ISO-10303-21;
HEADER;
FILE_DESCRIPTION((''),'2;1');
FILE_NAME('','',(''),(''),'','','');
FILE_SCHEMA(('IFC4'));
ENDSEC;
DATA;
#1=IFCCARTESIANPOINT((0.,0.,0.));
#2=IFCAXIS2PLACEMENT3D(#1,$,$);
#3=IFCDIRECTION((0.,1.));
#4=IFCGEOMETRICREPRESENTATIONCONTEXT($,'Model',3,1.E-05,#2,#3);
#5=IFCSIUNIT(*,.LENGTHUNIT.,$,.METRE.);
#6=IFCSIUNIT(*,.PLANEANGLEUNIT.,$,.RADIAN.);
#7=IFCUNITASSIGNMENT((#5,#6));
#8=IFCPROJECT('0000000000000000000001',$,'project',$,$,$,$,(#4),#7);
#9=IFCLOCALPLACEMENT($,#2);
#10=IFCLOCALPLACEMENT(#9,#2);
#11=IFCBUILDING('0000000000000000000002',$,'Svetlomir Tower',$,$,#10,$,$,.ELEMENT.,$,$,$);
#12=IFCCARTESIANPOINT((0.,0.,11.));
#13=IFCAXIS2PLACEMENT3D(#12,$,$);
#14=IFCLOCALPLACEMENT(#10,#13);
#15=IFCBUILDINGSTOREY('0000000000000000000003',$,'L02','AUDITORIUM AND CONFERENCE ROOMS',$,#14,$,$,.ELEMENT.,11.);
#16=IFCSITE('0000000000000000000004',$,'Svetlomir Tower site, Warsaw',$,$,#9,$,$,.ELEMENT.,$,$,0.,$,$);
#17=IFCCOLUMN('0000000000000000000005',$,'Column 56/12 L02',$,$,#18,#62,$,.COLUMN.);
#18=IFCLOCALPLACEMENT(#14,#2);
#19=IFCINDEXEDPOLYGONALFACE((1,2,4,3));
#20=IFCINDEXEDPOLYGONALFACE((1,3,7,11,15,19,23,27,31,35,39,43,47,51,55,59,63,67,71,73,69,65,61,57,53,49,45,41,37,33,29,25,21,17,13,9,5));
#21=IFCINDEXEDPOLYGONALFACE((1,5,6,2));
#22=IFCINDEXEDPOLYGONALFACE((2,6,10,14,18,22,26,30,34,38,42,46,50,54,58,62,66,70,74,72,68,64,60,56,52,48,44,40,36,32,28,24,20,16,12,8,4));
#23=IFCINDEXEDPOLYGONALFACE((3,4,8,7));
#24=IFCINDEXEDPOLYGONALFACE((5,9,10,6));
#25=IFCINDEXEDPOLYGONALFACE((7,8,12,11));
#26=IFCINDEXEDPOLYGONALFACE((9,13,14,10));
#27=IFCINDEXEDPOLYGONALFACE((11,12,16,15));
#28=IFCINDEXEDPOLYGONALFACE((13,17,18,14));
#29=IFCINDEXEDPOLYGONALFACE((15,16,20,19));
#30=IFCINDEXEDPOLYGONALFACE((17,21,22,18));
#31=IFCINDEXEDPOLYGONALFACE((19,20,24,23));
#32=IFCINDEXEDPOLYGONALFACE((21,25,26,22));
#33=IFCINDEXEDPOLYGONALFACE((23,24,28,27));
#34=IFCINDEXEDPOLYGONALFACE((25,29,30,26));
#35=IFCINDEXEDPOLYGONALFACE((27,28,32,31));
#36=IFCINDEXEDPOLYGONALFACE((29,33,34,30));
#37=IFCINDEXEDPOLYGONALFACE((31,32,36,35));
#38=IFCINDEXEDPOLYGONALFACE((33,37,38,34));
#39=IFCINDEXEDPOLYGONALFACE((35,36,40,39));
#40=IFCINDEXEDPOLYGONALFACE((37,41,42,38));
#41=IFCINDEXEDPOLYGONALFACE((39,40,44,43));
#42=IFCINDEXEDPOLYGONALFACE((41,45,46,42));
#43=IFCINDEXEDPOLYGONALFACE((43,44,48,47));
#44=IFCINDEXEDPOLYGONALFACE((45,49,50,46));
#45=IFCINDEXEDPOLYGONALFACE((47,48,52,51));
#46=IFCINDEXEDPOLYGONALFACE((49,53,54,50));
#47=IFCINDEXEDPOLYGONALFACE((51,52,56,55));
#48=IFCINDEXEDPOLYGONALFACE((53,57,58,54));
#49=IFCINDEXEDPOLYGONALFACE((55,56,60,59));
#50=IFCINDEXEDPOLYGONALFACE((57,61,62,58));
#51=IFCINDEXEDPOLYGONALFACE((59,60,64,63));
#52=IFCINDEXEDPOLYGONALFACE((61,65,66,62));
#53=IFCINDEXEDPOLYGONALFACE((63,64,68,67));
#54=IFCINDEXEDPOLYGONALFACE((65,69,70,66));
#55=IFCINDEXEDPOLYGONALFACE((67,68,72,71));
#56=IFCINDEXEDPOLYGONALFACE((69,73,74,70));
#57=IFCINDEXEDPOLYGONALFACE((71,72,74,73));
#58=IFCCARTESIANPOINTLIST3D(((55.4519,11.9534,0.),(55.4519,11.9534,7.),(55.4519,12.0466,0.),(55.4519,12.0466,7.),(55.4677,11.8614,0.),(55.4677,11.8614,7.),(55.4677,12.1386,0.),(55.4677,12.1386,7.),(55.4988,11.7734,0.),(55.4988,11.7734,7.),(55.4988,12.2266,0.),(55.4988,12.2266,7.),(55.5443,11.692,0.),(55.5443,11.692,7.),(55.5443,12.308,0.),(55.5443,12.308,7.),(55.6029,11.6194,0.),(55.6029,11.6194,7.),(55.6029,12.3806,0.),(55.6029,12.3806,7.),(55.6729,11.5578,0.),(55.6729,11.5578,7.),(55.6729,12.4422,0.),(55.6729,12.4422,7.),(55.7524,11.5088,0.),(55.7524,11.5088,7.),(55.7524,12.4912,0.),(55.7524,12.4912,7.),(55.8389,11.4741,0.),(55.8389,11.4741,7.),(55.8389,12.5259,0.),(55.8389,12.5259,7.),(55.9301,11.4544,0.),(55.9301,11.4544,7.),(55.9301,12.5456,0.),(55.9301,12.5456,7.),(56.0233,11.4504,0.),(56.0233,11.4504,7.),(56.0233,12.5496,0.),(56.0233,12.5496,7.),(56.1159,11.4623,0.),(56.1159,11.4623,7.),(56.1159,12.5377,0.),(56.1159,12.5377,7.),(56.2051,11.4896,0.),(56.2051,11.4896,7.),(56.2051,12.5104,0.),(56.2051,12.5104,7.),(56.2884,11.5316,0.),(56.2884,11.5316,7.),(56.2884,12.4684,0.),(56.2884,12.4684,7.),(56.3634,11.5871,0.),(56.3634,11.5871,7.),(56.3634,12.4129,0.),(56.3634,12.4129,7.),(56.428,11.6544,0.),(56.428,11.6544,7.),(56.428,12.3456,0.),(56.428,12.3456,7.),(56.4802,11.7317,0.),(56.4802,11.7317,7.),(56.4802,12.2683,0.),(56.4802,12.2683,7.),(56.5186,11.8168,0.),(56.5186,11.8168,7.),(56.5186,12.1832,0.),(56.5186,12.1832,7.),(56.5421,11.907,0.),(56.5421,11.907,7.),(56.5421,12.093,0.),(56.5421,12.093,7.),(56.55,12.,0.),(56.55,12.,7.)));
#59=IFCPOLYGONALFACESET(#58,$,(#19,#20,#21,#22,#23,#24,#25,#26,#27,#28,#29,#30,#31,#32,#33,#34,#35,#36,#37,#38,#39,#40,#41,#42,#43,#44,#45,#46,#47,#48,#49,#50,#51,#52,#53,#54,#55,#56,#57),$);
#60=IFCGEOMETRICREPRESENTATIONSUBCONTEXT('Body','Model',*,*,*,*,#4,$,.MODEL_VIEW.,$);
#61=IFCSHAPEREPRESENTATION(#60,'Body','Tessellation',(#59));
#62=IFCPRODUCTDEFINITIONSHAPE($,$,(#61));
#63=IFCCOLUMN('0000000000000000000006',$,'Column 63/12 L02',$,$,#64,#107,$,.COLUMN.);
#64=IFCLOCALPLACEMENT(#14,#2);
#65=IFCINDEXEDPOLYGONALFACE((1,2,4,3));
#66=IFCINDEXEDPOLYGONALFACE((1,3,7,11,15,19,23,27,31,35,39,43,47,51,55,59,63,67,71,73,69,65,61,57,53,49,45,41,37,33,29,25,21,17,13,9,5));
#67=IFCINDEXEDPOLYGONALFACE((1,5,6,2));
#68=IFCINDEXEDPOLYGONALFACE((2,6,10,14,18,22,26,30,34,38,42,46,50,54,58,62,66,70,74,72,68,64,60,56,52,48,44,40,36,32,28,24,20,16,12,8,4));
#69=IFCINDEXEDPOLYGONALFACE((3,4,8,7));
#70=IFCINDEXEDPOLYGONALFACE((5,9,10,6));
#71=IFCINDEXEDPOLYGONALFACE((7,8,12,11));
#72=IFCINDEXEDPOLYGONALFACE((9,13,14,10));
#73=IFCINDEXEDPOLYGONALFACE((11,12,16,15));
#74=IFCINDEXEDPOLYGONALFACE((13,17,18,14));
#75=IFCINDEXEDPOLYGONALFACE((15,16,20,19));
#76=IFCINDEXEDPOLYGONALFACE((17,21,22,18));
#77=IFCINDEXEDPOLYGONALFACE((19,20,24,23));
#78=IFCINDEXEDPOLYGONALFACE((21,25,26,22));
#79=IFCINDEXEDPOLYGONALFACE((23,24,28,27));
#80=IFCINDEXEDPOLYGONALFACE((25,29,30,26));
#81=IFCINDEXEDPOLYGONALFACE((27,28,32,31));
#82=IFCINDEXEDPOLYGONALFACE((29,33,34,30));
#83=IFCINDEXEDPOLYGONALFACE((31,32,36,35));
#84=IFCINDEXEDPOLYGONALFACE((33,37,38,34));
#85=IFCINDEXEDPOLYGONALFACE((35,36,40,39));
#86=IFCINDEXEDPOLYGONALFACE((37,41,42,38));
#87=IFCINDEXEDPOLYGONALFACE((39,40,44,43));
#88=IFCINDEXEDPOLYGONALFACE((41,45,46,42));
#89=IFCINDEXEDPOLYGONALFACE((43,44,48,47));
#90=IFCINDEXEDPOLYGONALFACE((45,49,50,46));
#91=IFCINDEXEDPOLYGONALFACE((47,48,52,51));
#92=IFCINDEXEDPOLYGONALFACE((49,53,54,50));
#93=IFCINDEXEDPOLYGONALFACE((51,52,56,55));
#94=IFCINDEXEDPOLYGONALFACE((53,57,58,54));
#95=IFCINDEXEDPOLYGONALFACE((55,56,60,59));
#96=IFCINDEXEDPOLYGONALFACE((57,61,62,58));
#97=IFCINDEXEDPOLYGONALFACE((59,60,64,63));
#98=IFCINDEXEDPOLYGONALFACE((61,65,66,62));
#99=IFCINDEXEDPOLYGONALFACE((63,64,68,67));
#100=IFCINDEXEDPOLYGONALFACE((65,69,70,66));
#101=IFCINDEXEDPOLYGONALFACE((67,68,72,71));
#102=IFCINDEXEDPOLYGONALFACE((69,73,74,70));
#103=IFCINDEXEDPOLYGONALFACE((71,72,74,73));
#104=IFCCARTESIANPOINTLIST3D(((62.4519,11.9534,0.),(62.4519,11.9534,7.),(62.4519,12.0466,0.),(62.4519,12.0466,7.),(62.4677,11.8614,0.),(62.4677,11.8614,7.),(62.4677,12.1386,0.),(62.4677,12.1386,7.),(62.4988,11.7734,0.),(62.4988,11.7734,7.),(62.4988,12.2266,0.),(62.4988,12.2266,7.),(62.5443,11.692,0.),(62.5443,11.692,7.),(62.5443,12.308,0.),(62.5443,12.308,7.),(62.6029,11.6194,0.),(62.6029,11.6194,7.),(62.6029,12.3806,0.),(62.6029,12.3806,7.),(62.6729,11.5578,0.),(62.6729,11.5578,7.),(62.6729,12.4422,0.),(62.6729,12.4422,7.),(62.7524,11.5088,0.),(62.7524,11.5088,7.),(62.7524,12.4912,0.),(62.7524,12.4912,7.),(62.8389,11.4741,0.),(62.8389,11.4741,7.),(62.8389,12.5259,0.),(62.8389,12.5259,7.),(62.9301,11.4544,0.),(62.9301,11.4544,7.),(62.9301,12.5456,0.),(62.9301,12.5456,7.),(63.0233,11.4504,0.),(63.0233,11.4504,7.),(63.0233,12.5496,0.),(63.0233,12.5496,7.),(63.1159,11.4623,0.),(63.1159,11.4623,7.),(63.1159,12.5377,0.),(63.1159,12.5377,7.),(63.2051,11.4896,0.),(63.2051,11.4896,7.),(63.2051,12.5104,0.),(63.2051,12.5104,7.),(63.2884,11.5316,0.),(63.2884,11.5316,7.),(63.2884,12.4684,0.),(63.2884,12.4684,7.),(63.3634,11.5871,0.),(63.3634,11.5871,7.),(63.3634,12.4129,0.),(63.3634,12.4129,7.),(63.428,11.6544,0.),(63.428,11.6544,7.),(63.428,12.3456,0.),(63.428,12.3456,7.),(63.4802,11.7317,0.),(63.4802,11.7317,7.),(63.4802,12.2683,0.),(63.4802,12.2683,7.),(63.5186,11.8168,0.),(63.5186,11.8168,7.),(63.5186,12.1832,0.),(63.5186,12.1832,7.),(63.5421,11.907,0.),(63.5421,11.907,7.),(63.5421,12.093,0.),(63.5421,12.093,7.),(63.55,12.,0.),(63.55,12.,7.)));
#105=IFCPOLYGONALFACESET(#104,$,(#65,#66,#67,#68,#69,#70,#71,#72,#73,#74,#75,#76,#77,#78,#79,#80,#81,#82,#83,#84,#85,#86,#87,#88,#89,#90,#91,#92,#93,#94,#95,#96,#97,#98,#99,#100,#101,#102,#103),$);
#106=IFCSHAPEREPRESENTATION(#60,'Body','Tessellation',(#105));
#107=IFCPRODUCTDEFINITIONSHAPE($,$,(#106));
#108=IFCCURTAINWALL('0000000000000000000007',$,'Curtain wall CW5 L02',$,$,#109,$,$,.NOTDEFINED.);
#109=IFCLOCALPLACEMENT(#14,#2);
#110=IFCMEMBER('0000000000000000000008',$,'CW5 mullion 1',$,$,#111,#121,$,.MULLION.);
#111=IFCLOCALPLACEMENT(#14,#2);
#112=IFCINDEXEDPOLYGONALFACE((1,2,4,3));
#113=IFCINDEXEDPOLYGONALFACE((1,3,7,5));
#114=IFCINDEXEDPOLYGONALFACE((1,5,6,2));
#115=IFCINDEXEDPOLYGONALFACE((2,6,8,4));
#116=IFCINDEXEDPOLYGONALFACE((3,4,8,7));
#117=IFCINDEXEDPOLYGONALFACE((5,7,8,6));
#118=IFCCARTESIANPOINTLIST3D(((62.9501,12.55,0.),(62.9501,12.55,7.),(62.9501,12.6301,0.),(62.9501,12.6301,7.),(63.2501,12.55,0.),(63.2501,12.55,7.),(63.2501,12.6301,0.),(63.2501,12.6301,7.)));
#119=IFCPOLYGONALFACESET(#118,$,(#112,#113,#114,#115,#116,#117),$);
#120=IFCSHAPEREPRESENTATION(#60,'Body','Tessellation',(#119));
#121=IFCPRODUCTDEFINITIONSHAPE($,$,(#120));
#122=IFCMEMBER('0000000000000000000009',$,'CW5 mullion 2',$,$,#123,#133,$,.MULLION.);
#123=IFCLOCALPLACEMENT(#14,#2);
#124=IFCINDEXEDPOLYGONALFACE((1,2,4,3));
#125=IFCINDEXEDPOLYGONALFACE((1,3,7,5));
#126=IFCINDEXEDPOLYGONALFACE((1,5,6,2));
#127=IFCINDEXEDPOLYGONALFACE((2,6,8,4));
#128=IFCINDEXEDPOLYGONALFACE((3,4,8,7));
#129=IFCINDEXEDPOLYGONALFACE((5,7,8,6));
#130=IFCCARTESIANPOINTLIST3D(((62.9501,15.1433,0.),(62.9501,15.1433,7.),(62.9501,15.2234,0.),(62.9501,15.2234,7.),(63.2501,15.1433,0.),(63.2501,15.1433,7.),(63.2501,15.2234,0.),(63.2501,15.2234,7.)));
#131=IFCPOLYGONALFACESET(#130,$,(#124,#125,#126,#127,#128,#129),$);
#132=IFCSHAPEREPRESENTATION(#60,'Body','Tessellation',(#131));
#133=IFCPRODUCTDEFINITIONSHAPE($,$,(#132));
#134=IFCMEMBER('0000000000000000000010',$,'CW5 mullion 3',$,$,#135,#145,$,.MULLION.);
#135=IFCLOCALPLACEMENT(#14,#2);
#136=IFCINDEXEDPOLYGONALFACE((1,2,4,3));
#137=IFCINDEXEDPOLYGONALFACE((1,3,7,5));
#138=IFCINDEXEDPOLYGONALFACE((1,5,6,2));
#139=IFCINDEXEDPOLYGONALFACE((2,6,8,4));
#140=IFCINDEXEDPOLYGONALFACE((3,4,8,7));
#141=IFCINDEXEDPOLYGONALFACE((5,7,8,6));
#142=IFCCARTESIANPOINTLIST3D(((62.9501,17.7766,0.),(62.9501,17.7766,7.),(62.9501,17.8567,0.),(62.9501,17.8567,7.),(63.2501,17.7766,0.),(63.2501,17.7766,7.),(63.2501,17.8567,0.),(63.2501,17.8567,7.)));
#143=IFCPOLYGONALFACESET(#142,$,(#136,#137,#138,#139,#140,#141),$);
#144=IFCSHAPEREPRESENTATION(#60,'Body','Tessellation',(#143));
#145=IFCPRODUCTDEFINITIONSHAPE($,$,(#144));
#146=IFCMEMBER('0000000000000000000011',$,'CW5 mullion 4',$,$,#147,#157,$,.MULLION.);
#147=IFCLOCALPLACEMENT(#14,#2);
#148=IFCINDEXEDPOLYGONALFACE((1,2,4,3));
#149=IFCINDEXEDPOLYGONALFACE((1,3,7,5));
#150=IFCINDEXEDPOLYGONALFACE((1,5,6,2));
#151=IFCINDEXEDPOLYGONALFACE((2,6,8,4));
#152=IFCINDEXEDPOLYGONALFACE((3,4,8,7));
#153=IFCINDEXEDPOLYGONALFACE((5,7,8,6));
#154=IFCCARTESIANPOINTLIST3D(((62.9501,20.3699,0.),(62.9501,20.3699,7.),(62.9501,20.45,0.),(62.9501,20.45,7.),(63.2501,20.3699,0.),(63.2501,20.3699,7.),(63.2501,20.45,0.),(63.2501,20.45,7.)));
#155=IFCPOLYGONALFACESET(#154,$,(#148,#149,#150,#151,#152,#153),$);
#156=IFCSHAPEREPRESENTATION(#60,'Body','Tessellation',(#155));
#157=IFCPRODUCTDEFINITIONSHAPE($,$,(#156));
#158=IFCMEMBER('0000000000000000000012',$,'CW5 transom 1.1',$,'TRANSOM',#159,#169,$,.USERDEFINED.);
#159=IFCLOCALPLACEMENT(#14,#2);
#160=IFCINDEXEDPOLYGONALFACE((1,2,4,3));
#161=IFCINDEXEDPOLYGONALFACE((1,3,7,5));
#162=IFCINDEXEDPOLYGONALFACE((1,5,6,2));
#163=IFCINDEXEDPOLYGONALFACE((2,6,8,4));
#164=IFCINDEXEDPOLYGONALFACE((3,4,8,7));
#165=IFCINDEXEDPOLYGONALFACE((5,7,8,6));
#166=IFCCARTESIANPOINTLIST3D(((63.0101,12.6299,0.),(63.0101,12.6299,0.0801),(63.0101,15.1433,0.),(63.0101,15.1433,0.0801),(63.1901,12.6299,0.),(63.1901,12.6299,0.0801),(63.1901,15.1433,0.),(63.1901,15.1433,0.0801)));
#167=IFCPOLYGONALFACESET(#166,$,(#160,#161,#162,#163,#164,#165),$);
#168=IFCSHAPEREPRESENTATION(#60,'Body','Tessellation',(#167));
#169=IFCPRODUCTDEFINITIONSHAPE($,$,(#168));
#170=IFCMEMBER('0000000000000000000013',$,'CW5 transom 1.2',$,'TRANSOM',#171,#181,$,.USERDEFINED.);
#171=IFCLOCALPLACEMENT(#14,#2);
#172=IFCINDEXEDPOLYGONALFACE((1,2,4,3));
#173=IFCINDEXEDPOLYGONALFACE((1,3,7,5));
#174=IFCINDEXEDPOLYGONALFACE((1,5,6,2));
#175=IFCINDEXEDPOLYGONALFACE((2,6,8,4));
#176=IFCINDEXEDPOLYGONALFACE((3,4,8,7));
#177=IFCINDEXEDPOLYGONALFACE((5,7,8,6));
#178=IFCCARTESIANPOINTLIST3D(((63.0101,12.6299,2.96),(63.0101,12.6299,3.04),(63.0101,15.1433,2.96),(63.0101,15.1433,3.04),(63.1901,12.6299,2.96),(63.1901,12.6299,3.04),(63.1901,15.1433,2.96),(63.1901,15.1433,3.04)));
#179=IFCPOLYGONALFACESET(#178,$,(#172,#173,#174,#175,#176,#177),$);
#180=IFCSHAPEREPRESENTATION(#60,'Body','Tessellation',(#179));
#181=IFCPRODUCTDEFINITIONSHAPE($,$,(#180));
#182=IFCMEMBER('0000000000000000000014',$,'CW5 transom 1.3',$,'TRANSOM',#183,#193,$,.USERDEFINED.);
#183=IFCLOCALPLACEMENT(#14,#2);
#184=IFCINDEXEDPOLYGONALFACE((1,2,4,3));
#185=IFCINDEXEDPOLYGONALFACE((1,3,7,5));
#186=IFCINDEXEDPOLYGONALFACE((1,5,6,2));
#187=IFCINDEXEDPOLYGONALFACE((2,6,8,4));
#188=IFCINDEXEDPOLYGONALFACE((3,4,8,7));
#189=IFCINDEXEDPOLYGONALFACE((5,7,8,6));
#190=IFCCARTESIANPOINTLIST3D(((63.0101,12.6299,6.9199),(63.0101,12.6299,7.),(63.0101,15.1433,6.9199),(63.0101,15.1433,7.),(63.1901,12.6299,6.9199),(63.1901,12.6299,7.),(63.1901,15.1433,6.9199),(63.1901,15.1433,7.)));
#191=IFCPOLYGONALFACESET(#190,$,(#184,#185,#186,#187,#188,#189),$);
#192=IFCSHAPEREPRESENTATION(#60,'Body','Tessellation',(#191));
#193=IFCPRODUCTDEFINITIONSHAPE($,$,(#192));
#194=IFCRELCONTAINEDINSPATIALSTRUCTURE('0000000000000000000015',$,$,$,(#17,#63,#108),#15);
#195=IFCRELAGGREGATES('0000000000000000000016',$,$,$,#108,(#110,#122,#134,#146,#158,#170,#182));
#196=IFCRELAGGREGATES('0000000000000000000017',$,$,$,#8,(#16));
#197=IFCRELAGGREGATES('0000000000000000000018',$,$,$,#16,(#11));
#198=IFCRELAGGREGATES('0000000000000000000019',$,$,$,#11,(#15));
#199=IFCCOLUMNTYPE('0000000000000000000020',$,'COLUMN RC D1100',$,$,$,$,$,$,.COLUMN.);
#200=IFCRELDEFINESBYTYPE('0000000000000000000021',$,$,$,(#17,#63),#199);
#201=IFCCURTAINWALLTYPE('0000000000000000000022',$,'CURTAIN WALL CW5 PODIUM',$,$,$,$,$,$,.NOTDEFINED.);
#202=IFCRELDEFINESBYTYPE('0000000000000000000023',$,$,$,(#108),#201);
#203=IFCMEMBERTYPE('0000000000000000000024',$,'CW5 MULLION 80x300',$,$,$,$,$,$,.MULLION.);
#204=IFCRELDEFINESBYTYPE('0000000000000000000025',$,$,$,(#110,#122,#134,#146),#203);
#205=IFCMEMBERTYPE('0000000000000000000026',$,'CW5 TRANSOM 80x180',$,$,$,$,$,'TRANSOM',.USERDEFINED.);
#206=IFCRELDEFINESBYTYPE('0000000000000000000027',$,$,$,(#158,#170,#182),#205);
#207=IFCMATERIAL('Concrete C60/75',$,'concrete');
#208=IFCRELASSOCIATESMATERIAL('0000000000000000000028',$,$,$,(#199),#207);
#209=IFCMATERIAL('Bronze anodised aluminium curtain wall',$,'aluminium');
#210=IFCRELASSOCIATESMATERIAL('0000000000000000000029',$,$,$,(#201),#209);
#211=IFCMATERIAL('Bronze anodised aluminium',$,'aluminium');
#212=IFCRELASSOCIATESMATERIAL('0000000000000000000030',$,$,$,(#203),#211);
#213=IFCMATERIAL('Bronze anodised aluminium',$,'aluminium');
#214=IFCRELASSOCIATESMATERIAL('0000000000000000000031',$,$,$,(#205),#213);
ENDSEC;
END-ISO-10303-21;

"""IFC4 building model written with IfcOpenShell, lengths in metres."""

from ifc_helpers import new_model, si_unit, direction, frame, origin, origin_2d, place, context, subcontext, project, spatial, rectangle, circle, extrude, material, material_profile, profile_set, type_object, element, aggregate, save


model = new_model("IFC4")

# Units and contexts
model_context = context("Model", 3, precision=1e-05, world=origin(), true_north=direction((0.0, 1.0)))
body_context = subcontext(model_context, "Body", "Model", "MODEL_VIEW")
ifc_project = project(units=[si_unit("LENGTHUNIT", "METRE"), si_unit("PLANEANGLEUNIT", "RADIAN")], contexts=[model_context])

# Site, building, storey
site_placement = place(None, origin())
site = spatial("IfcSite", under=ifc_project, at=site_placement, Name="Svetlomir Tower site, Warsaw", CompositionType="ELEMENT", RefElevation=0.0)
building_placement = place(site_placement, origin())
building = spatial("IfcBuilding", under=site, at=building_placement, Name="Svetlomir Tower", CompositionType="ELEMENT")
storey_placement = place(building_placement, frame((0.0, 0.0, 11.0)))
storey = spatial("IfcBuildingStorey", under=building, at=storey_placement, Name="L02", Description="AUDITORIUM AND CONFERENCE ROOMS", CompositionType="ELEMENT", Elevation=11.0)

# Columns
ifc_material_1 = material(Name="Concrete C60/75", Category="concrete")
ifc_material_profile_1 = material_profile(ifc_material_1, circle(Radius=0.55, at=origin_2d()), Name="RC D1100")
ifc_profile_set_1 = profile_set([ifc_material_profile_1], Name="Concrete C60/75")
column_type = type_object("IfcColumnType", Name="COLUMN RC D1100", PredefinedType="COLUMN", material=ifc_profile_set_1)
for number, where, z_axis, x_axis, name in (
    (1, (56.0, 12.0, 0.0), (0.0, 0.0, 1.0), (1.0, 0.0, 0.0), "Column 56/12 L02"),
    (2, (63.0, 12.0, 0.0), (0.0, 0.0, 1.0), (1.0, 0.0, 0.0), "Column 63/12 L02"),
):
    element("IfcColumn", number, at=place(storey_placement, frame(where, z_axis=z_axis, x_axis=x_axis)), inside=storey, type_object=column_type, Name=name, PredefinedType="COLUMN", context=body_context, shape_type="SweptSolid", body=[
        extrude(circle(Radius=0.55, at=origin_2d()), origin(), (0.0, 0.0, 1.0), 7.0),
    ])

# Curtain wall, members
ifc_material_2 = material(Name="Bronze anodised aluminium curtain wall", Category="aluminium")
curtain_wall_type = type_object("IfcCurtainWallType", Name="CURTAIN WALL CW5 PODIUM", PredefinedType="NOTDEFINED", material=ifc_material_2)
curtain_wall_placement = place(storey_placement, origin())
curtain_wall = element("IfcCurtainWall", 3, at=curtain_wall_placement, inside=storey, type_object=curtain_wall_type, Name="Curtain wall CW5 L02", PredefinedType="NOTDEFINED")
ifc_material_3 = material(Name="Bronze anodised aluminium", Category="aluminium")
ifc_material_profile_2 = material_profile(ifc_material_3, rectangle(XDim=0.0801, YDim=0.3, at=origin_2d()), Name="AL 80x300")
ifc_profile_set_2 = profile_set([ifc_material_profile_2], Name="Bronze anodised aluminium 6063-T6")
member_type_1 = type_object("IfcMemberType", Name="CW5 MULLION 80x300", PredefinedType="MULLION", material=ifc_profile_set_2)
member_1_placement = place(storey_placement, frame((63.1001, 12.5901, 0.0), z_axis=(0.0, 0.0, 1.0), x_axis=(0.0, 1.0, 0.0)))
member_1 = element("IfcMember", 4, at=member_1_placement, type_object=member_type_1, Name="CW5 mullion 1", PredefinedType="MULLION", context=body_context, shape_type="SweptSolid", body=[
    extrude(rectangle(XDim=0.0801, YDim=0.3, at=origin_2d()), origin(), (0.0, 0.0, 1.0), 7.0),
])
member_2_placement = place(storey_placement, frame((63.1001, 15.1833, 0.0), z_axis=(0.0, 0.0, 1.0), x_axis=(0.0, 1.0, 0.0)))
member_2 = element("IfcMember", 5, at=member_2_placement, type_object=member_type_1, Name="CW5 mullion 2", PredefinedType="MULLION", context=body_context, shape_type="SweptSolid", body=[
    extrude(rectangle(XDim=0.0801, YDim=0.3, at=origin_2d()), origin(), (0.0, 0.0, 1.0), 7.0),
])
member_3_placement = place(storey_placement, frame((63.1001, 17.8167, 0.0), z_axis=(0.0, 0.0, 1.0), x_axis=(0.0, 1.0, 0.0)))
member_3 = element("IfcMember", 6, at=member_3_placement, type_object=member_type_1, Name="CW5 mullion 3", PredefinedType="MULLION", context=body_context, shape_type="SweptSolid", body=[
    extrude(rectangle(XDim=0.0801, YDim=0.3, at=origin_2d()), origin(), (0.0, 0.0, 1.0), 7.0),
])
member_4_placement = place(storey_placement, frame((63.1001, 20.4099, 0.0), z_axis=(0.0, 0.0, 1.0), x_axis=(0.0, 1.0, 0.0)))
member_4 = element("IfcMember", 7, at=member_4_placement, type_object=member_type_1, Name="CW5 mullion 4", PredefinedType="MULLION", context=body_context, shape_type="SweptSolid", body=[
    extrude(rectangle(XDim=0.0801, YDim=0.3, at=origin_2d()), origin(), (0.0, 0.0, 1.0), 7.0),
])
ifc_material_4 = material(Name="Bronze anodised aluminium", Category="aluminium")
ifc_material_profile_3 = material_profile(ifc_material_4, rectangle(XDim=0.1799, YDim=0.0801, at=origin_2d()), Name="AL 180x80")
ifc_profile_set_3 = profile_set([ifc_material_profile_3], Name="Bronze anodised aluminium 6063-T6")
member_type_2 = type_object("IfcMemberType", Name="CW5 TRANSOM 80x180", ElementType="TRANSOM", PredefinedType="USERDEFINED", material=ifc_profile_set_3)
member_5_placement = place(storey_placement, frame((63.1001, 12.6299, 0.04), z_axis=(0.0, 1.0, 0.0), x_axis=(-1.0, 0.0, 0.0)))
member_5 = element("IfcMember", 8, at=member_5_placement, type_object=member_type_2, Name="CW5 transom 1.1", ObjectType="TRANSOM", PredefinedType="USERDEFINED", context=body_context, shape_type="SweptSolid", body=[
    extrude(rectangle(XDim=0.1799, YDim=0.0801, at=origin_2d()), origin(), (0.0, 0.0, 1.0), 2.5134),
])
member_6_placement = place(storey_placement, frame((63.1001, 12.6299, 3.0), z_axis=(0.0, 1.0, 0.0), x_axis=(-1.0, 0.0, 0.0)))
member_6 = element("IfcMember", 9, at=member_6_placement, type_object=member_type_2, Name="CW5 transom 1.2", ObjectType="TRANSOM", PredefinedType="USERDEFINED", context=body_context, shape_type="SweptSolid", body=[
    extrude(rectangle(XDim=0.1799, YDim=0.0801, at=origin_2d()), origin(), (0.0, 0.0, 1.0), 2.5134),
])
member_7_placement = place(storey_placement, frame((63.1001, 12.6299, 6.96), z_axis=(0.0, 1.0, 0.0), x_axis=(-1.0, 0.0, 0.0)))
member_7 = element("IfcMember", 10, at=member_7_placement, type_object=member_type_2, Name="CW5 transom 1.3", ObjectType="TRANSOM", PredefinedType="USERDEFINED", context=body_context, shape_type="SweptSolid", body=[
    extrude(rectangle(XDim=0.1799, YDim=0.0801, at=origin_2d()), origin(), (0.0, 0.0, 1.0), 2.5134),
])

aggregate(curtain_wall, [member_1, member_2, member_3, member_4, member_5, member_6, member_7])

save(model, "model.ifc")
